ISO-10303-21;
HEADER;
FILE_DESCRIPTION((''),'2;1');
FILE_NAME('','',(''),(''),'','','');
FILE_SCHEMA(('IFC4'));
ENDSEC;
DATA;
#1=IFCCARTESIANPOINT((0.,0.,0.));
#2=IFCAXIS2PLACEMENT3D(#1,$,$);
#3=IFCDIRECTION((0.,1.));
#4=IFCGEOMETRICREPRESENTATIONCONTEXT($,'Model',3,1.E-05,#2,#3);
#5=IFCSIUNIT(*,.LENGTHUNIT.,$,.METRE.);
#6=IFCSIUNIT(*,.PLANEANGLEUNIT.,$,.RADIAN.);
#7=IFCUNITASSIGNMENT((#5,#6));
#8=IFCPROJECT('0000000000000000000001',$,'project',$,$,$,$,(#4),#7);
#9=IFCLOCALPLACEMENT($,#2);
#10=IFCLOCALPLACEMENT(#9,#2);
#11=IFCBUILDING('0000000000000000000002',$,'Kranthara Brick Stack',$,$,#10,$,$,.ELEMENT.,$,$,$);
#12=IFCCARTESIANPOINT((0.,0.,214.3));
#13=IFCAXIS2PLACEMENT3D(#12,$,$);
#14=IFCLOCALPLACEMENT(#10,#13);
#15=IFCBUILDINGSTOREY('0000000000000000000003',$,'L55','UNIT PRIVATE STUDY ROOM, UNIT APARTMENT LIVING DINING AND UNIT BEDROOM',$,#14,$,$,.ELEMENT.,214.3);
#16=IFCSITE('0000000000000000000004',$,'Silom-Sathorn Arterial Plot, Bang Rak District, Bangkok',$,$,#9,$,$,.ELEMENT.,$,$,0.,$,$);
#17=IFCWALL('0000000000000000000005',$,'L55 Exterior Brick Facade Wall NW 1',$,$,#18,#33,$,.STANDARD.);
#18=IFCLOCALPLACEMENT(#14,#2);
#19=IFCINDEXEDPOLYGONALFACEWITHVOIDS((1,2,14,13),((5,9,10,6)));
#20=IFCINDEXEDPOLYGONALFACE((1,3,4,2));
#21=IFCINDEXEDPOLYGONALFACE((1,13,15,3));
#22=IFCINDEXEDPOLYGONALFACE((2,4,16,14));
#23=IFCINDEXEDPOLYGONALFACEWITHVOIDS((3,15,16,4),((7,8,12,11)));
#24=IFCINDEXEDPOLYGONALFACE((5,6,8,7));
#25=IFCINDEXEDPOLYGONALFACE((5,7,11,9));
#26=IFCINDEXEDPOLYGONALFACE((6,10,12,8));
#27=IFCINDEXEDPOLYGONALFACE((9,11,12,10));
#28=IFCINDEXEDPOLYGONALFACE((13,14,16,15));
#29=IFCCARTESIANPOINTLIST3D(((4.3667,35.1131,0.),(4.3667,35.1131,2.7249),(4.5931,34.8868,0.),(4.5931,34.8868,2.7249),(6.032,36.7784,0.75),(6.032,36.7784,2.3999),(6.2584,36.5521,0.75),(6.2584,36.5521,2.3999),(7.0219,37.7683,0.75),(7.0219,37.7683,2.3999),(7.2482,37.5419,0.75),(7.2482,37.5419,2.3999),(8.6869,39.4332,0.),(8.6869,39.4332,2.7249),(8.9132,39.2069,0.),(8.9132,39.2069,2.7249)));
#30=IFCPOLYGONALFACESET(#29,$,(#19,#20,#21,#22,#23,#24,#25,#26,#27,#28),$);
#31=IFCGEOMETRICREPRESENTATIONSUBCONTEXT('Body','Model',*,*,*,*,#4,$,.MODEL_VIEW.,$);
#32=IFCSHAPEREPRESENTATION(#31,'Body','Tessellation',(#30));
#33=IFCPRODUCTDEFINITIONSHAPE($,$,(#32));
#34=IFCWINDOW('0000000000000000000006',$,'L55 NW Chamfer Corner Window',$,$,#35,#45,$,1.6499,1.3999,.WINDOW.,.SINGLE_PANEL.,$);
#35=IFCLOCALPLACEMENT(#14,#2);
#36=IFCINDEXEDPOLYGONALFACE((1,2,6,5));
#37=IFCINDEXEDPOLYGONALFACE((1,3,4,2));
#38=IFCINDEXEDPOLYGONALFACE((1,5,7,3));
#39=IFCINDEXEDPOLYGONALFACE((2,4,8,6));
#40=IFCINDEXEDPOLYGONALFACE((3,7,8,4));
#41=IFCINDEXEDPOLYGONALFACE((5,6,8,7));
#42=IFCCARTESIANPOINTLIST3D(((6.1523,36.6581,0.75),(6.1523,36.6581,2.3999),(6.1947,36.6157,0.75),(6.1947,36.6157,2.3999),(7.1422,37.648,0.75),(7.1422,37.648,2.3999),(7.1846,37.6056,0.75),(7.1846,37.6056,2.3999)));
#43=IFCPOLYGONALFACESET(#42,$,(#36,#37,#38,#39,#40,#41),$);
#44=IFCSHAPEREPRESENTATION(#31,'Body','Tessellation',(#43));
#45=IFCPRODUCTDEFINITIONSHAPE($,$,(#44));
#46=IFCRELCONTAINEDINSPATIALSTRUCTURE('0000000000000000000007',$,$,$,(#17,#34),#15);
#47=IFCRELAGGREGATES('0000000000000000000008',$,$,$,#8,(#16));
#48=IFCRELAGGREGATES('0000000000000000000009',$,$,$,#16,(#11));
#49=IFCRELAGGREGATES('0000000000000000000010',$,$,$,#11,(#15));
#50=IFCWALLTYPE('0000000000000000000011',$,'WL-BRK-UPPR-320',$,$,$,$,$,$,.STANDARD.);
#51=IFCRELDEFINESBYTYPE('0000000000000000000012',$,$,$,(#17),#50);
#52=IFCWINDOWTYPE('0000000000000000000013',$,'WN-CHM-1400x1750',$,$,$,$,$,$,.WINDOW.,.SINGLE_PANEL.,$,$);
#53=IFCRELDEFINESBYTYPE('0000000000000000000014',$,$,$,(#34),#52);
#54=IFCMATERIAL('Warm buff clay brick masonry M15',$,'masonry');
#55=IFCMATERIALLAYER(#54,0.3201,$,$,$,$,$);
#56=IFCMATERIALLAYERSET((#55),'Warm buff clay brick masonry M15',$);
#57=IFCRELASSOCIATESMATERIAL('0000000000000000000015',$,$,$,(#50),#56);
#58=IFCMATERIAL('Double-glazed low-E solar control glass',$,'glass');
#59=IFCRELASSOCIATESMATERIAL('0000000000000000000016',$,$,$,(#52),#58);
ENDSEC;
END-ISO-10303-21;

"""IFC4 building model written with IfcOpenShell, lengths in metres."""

from ifc_helpers import new_model, si_unit, direction, frame, frame_2d, origin, place, context, subcontext, project, spatial, rectangle, extrude, material, layer, layer_set, type_object, element, fill, save


model = new_model("IFC4")

# Units and contexts
model_context = context("Model", 3, precision=1e-05, world=origin(), true_north=direction((0.0, 1.0)))
body_context = subcontext(model_context, "Body", "Model", "MODEL_VIEW")
ifc_project = project(units=[si_unit("LENGTHUNIT", "METRE"), si_unit("PLANEANGLEUNIT", "RADIAN")], contexts=[model_context])

# Site, building, storey
site_placement = place(None, origin())
site = spatial("IfcSite", under=ifc_project, at=site_placement, Name="Silom-Sathorn Arterial Plot, Bang Rak District, Bangkok", CompositionType="ELEMENT", RefElevation=0.0)
building_placement = place(site_placement, origin())
building = spatial("IfcBuilding", under=site, at=building_placement, Name="Kranthara Brick Stack", CompositionType="ELEMENT")
storey_placement = place(building_placement, frame((0.0, 0.0, 214.3)))
storey = spatial("IfcBuildingStorey", under=building, at=storey_placement, Name="L55", Description="UNIT PRIVATE STUDY ROOM, UNIT APARTMENT LIVING DINING AND UNIT BEDROOM", CompositionType="ELEMENT", Elevation=214.3)

# Wall, opening, window
ifc_material_1 = material(Name="Warm buff clay brick masonry M15", Category="masonry")
ifc_layer_1 = layer(ifc_material_1, 0.3201)
ifc_layer_set_1 = layer_set([ifc_layer_1], Name="Warm buff clay brick masonry M15")
wall_type_1 = type_object("IfcWallType", Name="WL-BRK-UPPR-320", PredefinedType="STANDARD", material=ifc_layer_set_1)
wall_1_placement = place(storey_placement, frame((4.48, 35.0, 0.0), z_axis=(0.0, 0.0, 1.0), x_axis=(0.707107, 0.707107, 0.0)))
wall_1 = element("IfcWall", 1, at=wall_1_placement, inside=storey, type_object=wall_type_1, Name="L55 Exterior Brick Facade Wall NW 1", PredefinedType="STANDARD", context=body_context, shape_type="SweptSolid", body=[
    extrude(rectangle(XDim=6.1096, YDim=0.3201, at=frame_2d((3.0547, 0.0))), origin(), (0.0, 0.0, 1.0), 2.7249),
])
opening_1_placement = place(wall_1_placement, frame((2.355, 0.0, 0.75)))
opening_1 = element("IfcOpeningElement", 2, at=opening_1_placement, cuts=wall_1, PredefinedType="OPENING", context=body_context, shape_type="SweptSolid", body=[
    extrude(rectangle(XDim=1.3999, YDim=1.6499, at=frame_2d((0.7, 0.825))), frame((0.0, 0.1699, 0.0), z_axis=(0.0, -1.0, 0.0), x_axis=(1.0, 0.0, 0.0)), (0.0, 0.0, 1.0), 0.3401),
])
ifc_material_2 = material(Name="Double-glazed low-E solar control glass", Category="glass")
window_type_1 = type_object("IfcWindowType", Name="WN-CHM-1400x1750", PartitioningType="SINGLE_PANEL", PredefinedType="WINDOW", material=ifc_material_2)
window_1_placement = place(opening_1_placement, origin())
window_1 = element("IfcWindow", 3, at=window_1_placement, inside=storey, type_object=window_type_1, Name="L55 NW Chamfer Corner Window", OverallHeight=1.6499, OverallWidth=1.3999, PartitioningType="SINGLE_PANEL", PredefinedType="WINDOW", context=body_context, shape_type="SweptSolid", body=[
    extrude(rectangle(XDim=1.3999, YDim=1.6499, at=frame_2d((0.7, 0.825))), frame((0.0, -0.01, 0.0), z_axis=(0.0, -1.0, 0.0), x_axis=(1.0, 0.0, 0.0)), (0.0, 0.0, 1.0), 0.0601),
])
fill(opening_1, window_1)

save(model, "model.ifc")
